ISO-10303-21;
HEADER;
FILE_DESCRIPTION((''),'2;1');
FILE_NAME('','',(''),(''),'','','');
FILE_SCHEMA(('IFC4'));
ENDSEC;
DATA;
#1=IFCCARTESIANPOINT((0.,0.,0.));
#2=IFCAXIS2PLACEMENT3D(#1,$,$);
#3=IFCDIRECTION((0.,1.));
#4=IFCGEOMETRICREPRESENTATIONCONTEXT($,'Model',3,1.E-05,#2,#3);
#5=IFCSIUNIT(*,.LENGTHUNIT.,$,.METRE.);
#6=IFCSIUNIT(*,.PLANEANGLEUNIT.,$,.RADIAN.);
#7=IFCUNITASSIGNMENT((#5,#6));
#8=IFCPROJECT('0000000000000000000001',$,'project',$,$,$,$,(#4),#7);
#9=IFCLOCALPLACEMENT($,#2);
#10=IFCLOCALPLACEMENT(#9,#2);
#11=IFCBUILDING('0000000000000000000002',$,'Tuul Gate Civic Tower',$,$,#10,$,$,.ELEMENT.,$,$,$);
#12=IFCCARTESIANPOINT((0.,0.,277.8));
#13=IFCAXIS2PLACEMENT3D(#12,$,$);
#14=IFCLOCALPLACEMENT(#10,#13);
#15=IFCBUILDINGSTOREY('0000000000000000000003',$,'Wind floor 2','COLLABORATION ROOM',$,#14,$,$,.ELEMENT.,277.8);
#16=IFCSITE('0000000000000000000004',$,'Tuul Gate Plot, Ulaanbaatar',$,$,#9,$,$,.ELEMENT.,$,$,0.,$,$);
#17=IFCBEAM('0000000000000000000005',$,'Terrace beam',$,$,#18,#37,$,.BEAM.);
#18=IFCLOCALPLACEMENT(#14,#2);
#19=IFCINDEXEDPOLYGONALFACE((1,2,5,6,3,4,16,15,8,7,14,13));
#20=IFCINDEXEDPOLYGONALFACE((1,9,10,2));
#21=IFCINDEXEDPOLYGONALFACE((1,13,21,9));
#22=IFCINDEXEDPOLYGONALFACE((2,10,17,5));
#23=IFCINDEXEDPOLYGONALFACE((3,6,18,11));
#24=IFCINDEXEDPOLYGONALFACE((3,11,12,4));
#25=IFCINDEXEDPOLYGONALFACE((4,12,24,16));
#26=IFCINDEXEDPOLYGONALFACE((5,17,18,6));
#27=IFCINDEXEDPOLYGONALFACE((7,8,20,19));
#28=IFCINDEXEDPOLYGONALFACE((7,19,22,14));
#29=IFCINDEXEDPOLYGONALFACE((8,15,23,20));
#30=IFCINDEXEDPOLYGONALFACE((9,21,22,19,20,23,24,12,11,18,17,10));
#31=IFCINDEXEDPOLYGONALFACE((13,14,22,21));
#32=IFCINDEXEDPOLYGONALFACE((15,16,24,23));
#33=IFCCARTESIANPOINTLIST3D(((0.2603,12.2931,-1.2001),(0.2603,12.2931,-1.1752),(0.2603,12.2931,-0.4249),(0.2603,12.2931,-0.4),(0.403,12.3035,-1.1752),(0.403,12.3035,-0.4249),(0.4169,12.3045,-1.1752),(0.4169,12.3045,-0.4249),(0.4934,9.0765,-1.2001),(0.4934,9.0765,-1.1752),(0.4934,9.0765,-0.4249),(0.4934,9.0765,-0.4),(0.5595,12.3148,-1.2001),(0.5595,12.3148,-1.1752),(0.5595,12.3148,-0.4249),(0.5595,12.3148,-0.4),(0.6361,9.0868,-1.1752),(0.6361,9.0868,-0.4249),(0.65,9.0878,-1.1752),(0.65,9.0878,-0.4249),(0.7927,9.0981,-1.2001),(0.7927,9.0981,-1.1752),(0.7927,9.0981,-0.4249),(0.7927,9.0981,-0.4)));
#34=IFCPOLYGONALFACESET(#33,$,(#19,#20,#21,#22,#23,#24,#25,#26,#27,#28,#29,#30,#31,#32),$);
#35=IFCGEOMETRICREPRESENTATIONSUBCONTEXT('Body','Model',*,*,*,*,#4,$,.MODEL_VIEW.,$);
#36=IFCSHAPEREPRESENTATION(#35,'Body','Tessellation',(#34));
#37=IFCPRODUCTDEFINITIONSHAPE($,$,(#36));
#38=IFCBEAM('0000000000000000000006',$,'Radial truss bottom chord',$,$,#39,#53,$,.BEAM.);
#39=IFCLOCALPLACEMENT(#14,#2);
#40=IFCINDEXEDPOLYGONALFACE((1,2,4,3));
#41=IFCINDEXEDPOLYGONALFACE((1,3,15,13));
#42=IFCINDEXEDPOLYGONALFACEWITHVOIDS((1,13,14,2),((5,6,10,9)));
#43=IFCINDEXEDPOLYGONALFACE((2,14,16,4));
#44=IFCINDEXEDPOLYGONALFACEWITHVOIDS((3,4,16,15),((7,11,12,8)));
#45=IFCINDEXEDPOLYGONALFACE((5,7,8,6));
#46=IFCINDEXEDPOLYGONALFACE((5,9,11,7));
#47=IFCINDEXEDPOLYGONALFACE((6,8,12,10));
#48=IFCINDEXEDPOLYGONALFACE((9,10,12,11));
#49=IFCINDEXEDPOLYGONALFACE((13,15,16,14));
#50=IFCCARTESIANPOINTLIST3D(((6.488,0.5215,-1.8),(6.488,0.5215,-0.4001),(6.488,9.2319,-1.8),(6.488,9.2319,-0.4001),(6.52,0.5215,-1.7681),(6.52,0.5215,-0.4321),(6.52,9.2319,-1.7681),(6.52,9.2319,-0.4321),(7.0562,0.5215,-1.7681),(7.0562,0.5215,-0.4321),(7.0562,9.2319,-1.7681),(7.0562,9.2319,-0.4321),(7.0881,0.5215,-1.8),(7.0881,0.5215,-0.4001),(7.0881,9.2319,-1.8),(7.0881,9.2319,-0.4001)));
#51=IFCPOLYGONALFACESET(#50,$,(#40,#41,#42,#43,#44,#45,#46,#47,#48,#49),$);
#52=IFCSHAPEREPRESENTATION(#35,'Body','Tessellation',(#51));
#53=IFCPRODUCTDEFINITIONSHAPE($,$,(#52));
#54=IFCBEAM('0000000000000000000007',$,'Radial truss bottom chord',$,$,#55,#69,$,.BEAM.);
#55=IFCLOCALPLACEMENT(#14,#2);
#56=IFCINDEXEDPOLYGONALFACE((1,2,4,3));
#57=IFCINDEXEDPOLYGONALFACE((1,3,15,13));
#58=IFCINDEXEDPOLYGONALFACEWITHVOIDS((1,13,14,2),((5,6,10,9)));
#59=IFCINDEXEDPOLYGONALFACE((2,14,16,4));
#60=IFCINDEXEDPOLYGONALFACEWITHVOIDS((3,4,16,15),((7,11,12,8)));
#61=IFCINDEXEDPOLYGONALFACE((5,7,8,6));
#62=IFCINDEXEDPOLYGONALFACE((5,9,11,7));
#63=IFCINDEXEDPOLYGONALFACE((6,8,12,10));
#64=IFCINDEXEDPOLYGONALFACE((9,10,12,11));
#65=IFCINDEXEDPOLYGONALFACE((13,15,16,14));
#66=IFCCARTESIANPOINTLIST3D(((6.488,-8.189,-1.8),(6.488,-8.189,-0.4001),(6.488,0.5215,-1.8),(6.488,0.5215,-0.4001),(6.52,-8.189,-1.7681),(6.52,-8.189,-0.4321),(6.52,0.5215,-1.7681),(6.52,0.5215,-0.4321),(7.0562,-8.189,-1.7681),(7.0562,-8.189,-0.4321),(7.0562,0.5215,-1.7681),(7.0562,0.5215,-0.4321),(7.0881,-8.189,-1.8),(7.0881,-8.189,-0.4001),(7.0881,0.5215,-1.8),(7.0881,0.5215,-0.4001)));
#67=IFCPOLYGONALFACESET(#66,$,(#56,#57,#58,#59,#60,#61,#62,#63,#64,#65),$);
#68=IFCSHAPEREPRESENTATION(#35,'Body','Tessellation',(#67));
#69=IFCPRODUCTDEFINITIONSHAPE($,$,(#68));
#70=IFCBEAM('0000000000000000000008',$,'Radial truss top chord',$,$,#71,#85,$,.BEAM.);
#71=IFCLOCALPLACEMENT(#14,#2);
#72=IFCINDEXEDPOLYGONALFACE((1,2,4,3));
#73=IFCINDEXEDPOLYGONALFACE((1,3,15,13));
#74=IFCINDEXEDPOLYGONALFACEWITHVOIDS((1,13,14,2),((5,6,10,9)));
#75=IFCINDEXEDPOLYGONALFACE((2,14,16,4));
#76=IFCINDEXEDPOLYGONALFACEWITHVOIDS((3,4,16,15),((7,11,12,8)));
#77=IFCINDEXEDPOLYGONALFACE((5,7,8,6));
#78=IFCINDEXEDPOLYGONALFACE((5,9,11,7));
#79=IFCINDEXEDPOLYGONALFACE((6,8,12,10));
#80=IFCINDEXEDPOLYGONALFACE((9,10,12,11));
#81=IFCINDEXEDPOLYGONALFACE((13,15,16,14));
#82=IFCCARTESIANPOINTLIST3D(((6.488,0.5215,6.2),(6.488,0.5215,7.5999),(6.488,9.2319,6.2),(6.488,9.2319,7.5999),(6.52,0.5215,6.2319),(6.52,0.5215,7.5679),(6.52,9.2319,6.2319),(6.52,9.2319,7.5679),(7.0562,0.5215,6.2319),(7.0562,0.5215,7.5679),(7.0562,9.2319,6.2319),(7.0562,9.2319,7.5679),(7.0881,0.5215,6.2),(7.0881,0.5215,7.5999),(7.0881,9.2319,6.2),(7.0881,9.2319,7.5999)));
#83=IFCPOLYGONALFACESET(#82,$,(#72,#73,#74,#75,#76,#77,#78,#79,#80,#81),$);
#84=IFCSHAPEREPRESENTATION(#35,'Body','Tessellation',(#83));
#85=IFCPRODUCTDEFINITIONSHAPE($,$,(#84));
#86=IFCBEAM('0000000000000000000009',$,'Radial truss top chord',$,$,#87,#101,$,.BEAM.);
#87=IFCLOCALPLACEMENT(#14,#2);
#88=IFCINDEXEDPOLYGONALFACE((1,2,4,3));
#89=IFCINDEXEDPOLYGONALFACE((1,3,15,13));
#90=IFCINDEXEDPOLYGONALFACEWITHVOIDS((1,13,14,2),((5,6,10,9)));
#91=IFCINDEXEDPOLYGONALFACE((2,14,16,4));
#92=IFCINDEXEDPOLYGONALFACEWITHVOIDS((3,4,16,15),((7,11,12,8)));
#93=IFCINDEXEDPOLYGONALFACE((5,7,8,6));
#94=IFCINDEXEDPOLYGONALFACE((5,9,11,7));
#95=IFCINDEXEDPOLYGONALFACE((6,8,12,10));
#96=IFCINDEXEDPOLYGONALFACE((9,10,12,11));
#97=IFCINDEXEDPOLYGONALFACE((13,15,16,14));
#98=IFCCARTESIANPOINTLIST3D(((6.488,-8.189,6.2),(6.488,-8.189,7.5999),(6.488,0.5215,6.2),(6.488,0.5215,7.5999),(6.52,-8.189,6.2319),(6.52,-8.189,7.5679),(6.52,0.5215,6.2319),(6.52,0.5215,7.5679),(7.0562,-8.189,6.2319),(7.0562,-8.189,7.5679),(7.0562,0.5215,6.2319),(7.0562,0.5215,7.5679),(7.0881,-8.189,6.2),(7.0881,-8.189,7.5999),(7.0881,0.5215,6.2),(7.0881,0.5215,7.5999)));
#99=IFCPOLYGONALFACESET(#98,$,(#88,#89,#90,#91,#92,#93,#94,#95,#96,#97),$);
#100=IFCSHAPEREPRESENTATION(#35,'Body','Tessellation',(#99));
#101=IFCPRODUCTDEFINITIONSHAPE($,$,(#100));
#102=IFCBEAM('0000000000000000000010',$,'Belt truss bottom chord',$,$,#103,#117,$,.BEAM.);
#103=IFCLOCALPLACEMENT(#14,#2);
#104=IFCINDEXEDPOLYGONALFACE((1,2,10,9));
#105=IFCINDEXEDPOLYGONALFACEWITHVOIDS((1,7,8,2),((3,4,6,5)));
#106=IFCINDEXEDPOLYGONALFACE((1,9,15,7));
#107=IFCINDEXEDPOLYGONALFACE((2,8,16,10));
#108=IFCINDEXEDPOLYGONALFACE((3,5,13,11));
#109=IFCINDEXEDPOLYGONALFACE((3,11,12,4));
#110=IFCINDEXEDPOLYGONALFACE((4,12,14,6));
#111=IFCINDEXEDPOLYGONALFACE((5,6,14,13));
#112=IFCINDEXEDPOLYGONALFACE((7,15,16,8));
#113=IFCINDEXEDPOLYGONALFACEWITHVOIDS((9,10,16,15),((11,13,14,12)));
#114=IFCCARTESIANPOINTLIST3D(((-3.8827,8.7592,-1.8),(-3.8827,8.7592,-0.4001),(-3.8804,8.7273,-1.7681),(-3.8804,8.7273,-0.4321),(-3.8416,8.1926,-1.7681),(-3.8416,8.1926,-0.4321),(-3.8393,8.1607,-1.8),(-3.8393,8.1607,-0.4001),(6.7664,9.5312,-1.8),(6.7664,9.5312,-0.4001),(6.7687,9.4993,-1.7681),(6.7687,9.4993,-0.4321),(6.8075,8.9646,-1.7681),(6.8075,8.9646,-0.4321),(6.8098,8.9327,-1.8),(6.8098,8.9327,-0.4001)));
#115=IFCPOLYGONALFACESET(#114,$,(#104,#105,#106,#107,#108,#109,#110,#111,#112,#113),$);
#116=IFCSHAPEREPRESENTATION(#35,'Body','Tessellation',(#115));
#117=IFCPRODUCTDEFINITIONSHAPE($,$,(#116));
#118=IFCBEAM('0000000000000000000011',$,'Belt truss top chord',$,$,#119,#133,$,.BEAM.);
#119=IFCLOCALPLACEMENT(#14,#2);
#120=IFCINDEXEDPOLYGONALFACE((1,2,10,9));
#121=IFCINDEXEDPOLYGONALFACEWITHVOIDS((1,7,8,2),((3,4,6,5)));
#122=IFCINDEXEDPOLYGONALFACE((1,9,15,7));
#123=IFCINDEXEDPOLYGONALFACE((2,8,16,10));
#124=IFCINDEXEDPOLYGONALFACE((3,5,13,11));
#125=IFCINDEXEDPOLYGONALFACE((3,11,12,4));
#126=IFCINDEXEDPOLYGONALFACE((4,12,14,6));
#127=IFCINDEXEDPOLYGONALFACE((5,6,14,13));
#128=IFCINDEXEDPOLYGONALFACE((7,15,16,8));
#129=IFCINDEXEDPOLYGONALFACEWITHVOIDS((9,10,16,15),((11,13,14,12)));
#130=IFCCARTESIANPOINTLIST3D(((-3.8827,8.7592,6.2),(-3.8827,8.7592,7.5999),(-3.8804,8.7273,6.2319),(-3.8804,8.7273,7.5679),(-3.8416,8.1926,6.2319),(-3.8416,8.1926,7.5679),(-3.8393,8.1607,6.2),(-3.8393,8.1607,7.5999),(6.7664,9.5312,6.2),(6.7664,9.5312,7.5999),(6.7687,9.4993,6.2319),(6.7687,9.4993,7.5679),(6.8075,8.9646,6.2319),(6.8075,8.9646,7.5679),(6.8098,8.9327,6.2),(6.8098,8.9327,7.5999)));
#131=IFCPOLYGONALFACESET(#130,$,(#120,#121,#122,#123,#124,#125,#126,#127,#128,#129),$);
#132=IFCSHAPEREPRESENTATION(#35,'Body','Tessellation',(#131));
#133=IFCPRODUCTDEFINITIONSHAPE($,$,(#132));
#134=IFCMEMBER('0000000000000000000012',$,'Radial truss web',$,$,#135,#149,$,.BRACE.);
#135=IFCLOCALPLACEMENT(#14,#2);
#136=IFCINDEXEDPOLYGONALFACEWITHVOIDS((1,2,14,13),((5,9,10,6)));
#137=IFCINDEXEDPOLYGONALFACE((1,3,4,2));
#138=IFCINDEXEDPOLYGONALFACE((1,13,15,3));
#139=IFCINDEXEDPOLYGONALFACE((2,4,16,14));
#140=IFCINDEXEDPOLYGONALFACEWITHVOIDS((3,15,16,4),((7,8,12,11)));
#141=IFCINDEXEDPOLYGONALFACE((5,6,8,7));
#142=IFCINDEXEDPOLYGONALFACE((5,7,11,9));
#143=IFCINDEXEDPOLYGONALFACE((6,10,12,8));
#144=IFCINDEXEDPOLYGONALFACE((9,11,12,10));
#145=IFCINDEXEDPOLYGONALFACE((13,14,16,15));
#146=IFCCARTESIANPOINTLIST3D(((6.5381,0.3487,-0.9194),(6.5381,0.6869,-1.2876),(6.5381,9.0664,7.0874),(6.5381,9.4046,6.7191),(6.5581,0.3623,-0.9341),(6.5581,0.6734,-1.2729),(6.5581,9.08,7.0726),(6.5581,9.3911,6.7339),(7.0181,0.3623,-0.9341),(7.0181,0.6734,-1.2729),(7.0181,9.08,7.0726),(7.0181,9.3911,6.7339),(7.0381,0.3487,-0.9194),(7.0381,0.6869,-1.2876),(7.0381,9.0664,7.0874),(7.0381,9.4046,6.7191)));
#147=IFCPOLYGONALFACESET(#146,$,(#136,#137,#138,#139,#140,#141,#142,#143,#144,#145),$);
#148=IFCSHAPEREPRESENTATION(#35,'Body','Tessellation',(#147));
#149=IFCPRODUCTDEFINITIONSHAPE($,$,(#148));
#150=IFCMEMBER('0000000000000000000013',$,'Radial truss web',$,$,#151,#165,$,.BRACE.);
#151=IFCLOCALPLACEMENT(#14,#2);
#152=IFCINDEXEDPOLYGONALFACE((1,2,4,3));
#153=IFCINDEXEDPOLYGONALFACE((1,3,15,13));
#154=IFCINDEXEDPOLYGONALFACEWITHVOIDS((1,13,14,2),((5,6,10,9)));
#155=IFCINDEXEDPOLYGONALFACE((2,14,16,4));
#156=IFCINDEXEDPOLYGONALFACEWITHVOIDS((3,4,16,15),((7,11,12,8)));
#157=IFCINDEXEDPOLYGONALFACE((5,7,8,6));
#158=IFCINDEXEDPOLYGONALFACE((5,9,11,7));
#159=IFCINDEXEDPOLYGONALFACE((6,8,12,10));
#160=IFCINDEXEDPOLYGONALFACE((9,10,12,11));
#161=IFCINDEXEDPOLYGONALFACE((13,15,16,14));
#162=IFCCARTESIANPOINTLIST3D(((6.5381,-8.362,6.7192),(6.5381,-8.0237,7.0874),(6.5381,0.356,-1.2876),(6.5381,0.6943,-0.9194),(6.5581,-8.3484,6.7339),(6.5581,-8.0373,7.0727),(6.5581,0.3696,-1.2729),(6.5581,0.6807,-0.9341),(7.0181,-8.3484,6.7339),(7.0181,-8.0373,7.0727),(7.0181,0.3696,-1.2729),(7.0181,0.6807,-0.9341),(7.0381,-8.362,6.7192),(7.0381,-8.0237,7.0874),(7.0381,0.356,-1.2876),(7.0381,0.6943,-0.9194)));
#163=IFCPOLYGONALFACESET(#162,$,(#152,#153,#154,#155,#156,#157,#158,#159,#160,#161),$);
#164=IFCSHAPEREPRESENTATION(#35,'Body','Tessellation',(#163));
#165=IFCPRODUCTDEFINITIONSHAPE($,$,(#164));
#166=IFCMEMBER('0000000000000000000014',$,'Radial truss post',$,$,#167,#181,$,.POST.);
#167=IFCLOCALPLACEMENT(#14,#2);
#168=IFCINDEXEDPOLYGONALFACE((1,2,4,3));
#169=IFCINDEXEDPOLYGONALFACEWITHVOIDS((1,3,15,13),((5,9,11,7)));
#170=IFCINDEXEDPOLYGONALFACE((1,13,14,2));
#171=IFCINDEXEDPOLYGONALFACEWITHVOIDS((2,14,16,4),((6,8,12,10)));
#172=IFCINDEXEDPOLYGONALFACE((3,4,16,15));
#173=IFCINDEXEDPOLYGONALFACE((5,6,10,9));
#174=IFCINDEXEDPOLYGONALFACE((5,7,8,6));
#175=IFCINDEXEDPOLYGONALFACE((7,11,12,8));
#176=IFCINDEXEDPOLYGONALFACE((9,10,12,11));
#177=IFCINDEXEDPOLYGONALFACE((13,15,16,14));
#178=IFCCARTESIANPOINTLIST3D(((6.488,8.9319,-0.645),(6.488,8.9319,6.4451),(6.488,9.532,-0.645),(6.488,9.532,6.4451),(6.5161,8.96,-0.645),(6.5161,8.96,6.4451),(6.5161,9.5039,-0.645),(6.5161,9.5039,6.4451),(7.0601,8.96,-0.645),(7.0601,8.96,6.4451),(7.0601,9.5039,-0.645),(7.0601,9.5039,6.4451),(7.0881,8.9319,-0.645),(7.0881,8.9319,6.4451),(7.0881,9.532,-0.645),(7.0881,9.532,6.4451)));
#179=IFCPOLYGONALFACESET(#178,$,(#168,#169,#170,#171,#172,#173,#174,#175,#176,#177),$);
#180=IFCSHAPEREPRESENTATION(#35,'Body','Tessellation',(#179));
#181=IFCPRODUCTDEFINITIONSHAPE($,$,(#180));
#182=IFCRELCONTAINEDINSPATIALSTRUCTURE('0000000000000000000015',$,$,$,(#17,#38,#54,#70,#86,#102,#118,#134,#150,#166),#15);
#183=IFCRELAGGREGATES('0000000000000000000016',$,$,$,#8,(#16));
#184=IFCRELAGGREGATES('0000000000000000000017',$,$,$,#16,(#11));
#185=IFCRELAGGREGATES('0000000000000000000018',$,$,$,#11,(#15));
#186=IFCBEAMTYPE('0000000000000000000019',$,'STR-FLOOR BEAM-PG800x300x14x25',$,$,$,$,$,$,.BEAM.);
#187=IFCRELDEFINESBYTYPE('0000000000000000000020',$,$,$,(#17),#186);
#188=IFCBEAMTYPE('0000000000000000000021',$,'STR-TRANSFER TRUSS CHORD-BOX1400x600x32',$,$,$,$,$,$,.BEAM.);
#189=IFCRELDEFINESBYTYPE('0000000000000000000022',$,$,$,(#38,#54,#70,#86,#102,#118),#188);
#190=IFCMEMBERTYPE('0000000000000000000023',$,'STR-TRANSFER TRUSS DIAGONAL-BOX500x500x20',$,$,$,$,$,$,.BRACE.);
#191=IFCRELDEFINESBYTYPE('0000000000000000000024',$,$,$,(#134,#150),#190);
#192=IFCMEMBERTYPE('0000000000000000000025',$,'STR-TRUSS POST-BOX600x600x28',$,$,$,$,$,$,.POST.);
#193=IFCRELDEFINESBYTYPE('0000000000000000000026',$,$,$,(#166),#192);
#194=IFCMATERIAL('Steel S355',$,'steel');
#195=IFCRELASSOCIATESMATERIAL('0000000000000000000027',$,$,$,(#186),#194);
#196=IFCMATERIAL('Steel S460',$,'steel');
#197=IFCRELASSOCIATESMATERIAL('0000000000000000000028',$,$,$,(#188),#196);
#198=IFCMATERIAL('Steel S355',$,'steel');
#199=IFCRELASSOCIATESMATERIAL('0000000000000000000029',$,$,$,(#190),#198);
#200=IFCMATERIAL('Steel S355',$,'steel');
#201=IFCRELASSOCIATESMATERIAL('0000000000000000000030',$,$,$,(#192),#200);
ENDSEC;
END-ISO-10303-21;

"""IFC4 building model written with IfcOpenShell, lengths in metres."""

from ifc_helpers import new_model, si_unit, direction, frame, origin, origin_2d, place, context, subcontext, project, spatial, hollow_rectangle, i_section, extrude, material, material_profile, profile_set, type_object, element, save


model = new_model("IFC4")

# Units and contexts
model_context = context("Model", 3, precision=1e-05, world=origin(), true_north=direction((0.0, 1.0)))
body_context = subcontext(model_context, "Body", "Model", "MODEL_VIEW")
ifc_project = project(units=[si_unit("LENGTHUNIT", "METRE"), si_unit("PLANEANGLEUNIT", "RADIAN")], contexts=[model_context])

# Site, building, storey
site_placement = place(None, origin())
site = spatial("IfcSite", under=ifc_project, at=site_placement, Name="Tuul Gate Plot, Ulaanbaatar", CompositionType="ELEMENT", RefElevation=0.0)
building_placement = place(site_placement, origin())
building = spatial("IfcBuilding", under=site, at=building_placement, Name="Tuul Gate Civic Tower", CompositionType="ELEMENT")
storey_placement = place(building_placement, frame((0.0, 0.0, 277.8)))
storey = spatial("IfcBuildingStorey", under=building, at=storey_placement, Name="Wind floor 2", Description="COLLABORATION ROOM", CompositionType="ELEMENT", Elevation=277.8)

# Beams
ifc_material_1 = material(Name="Steel S355", Category="steel")
ifc_material_profile_1 = material_profile(ifc_material_1, i_section(OverallWidth=0.3, OverallDepth=0.8, WebThickness=0.0139, FlangeThickness=0.0249, at=origin_2d()), Name="PG800x300x14x25")
ifc_profile_set_1 = profile_set([ifc_material_profile_1], Name="Steel S355")
beam_type_1 = type_object("IfcBeamType", Name="STR-FLOOR BEAM-PG800x300x14x25", PredefinedType="BEAM", material=ifc_profile_set_1)
beam_placement = place(storey_placement, frame((0.4099, 12.304, -0.8), z_axis=(0.072296, -0.997383, 0.0), x_axis=(0.997383, 0.072296, 0.0)))
element("IfcBeam", 1, at=beam_placement, inside=storey, type_object=beam_type_1, Name="Terrace beam", PredefinedType="BEAM", context=body_context, shape_type="SweptSolid", body=[
    extrude(i_section(OverallWidth=0.3, OverallDepth=0.8, WebThickness=0.0139, FlangeThickness=0.0249, at=origin_2d()), origin(), (0.0, 0.0, 1.0), 3.2251),
])
ifc_material_2 = material(Name="Steel S460", Category="steel")
ifc_material_profile_2 = material_profile(ifc_material_2, hollow_rectangle(XDim=0.6001, YDim=1.3999, WallThickness=0.032, at=origin_2d()), Name="BOX1400x600x32")
ifc_profile_set_2 = profile_set([ifc_material_profile_2], Name="Steel S460")
beam_type_2 = type_object("IfcBeamType", Name="STR-TRANSFER TRUSS CHORD-BOX1400x600x32", PredefinedType="BEAM", material=ifc_profile_set_2)
for number, where, z_axis, x_axis, name in (
    (2, (6.7881, 9.2319, -1.1001), (0.0, -1.0, 0.0), (1.0, 0.0, 0.0), "Radial truss bottom chord"),
    (3, (6.7881, 0.5215, -1.1001), (0.0, -1.0, 0.0), (1.0, 0.0, 0.0), "Radial truss bottom chord"),
    (4, (6.7881, 9.2319, 6.8999), (0.0, -1.0, 0.0), (1.0, 0.0, 0.0), "Radial truss top chord"),
    (5, (6.7881, 0.5215, 6.8999), (0.0, -1.0, 0.0), (1.0, 0.0, 0.0), "Radial truss top chord"),
):
    element("IfcBeam", number, at=place(storey_placement, frame(where, z_axis=z_axis, x_axis=x_axis)), inside=storey, type_object=beam_type_2, Name=name, PredefinedType="BEAM", context=body_context, shape_type="SweptSolid", body=[
        extrude(hollow_rectangle(XDim=0.6001, YDim=1.3999, WallThickness=0.032, at=origin_2d()), origin(), (0.0, 0.0, 1.0), 8.7104),
    ])
for number, where, z_axis, x_axis, name in (
    (6, (6.7881, 9.2319, -1.1001), (-0.997383, -0.072302, 0.0), (0.072302, -0.997383, 0.0), "Belt truss bottom chord"),
    (7, (6.7881, 9.2319, 6.8999), (-0.997383, -0.072302, 0.0), (0.072302, -0.997383, 0.0), "Belt truss top chord"),
):
    element("IfcBeam", number, at=place(storey_placement, frame(where, z_axis=z_axis, x_axis=x_axis)), inside=storey, type_object=beam_type_2, Name=name, PredefinedType="BEAM", context=body_context, shape_type="SweptSolid", body=[
        extrude(hollow_rectangle(XDim=0.6001, YDim=1.3999, WallThickness=0.032, at=origin_2d()), origin(), (0.0, 0.0, 1.0), 10.677),
    ])

# Members
ifc_material_3 = material(Name="Steel S355", Category="steel")
ifc_material_profile_3 = material_profile(ifc_material_3, hollow_rectangle(XDim=0.5, YDim=0.5, WallThickness=0.02, at=origin_2d()), Name="BOX500x500x20")
ifc_profile_set_3 = profile_set([ifc_material_profile_3], Name="Steel S355")
member_type_1 = type_object("IfcMemberType", Name="STR-TRANSFER TRUSS DIAGONAL-BOX500x500x20", PredefinedType="BRACE", material=ifc_profile_set_3)
member_1_placement = place(storey_placement, frame((6.7881, 0.5178, -1.1035), z_axis=(0.0, 0.7365, 0.676438), x_axis=(-1.0, 0.0, 0.0)))
element("IfcMember", 8, at=member_1_placement, inside=storey, type_object=member_type_1, Name="Radial truss web", PredefinedType="BRACE", context=body_context, shape_type="SweptSolid", body=[
    extrude(hollow_rectangle(XDim=0.5, YDim=0.5, WallThickness=0.02, at=origin_2d()), origin(), (0.0, 0.0, 1.0), 11.8367),
])
member_2_placement = place(storey_placement, frame((6.7881, 0.5251, -1.1035), z_axis=(0.0, -0.736509, 0.676428), x_axis=(1.0, 0.0, 0.0)))
element("IfcMember", 9, at=member_2_placement, inside=storey, type_object=member_type_1, Name="Radial truss web", PredefinedType="BRACE", context=body_context, shape_type="SweptSolid", body=[
    extrude(hollow_rectangle(XDim=0.5, YDim=0.5, WallThickness=0.02, at=origin_2d()), origin(), (0.0, 0.0, 1.0), 11.8369),
])
ifc_material_4 = material(Name="Steel S355", Category="steel")
ifc_material_profile_4 = material_profile(ifc_material_4, hollow_rectangle(XDim=0.6001, YDim=0.6001, WallThickness=0.0281, at=origin_2d()), Name="BOX600x600x28")
ifc_profile_set_4 = profile_set([ifc_material_profile_4], Name="Steel S355")
member_type_2 = type_object("IfcMemberType", Name="STR-TRUSS POST-BOX600x600x28", PredefinedType="POST", material=ifc_profile_set_4)
member_3_placement = place(storey_placement, frame((6.7881, 9.2319, -0.645), z_axis=(0.0, 0.0, 1.0), x_axis=(1.0, 0.0, 0.0)))
element("IfcMember", 10, at=member_3_placement, inside=storey, type_object=member_type_2, Name="Radial truss post", PredefinedType="POST", context=body_context, shape_type="SweptSolid", body=[
    extrude(hollow_rectangle(XDim=0.6001, YDim=0.6001, WallThickness=0.0281, at=origin_2d()), origin(), (0.0, 0.0, 1.0), 7.0901),
])

save(model, "model.ifc")
